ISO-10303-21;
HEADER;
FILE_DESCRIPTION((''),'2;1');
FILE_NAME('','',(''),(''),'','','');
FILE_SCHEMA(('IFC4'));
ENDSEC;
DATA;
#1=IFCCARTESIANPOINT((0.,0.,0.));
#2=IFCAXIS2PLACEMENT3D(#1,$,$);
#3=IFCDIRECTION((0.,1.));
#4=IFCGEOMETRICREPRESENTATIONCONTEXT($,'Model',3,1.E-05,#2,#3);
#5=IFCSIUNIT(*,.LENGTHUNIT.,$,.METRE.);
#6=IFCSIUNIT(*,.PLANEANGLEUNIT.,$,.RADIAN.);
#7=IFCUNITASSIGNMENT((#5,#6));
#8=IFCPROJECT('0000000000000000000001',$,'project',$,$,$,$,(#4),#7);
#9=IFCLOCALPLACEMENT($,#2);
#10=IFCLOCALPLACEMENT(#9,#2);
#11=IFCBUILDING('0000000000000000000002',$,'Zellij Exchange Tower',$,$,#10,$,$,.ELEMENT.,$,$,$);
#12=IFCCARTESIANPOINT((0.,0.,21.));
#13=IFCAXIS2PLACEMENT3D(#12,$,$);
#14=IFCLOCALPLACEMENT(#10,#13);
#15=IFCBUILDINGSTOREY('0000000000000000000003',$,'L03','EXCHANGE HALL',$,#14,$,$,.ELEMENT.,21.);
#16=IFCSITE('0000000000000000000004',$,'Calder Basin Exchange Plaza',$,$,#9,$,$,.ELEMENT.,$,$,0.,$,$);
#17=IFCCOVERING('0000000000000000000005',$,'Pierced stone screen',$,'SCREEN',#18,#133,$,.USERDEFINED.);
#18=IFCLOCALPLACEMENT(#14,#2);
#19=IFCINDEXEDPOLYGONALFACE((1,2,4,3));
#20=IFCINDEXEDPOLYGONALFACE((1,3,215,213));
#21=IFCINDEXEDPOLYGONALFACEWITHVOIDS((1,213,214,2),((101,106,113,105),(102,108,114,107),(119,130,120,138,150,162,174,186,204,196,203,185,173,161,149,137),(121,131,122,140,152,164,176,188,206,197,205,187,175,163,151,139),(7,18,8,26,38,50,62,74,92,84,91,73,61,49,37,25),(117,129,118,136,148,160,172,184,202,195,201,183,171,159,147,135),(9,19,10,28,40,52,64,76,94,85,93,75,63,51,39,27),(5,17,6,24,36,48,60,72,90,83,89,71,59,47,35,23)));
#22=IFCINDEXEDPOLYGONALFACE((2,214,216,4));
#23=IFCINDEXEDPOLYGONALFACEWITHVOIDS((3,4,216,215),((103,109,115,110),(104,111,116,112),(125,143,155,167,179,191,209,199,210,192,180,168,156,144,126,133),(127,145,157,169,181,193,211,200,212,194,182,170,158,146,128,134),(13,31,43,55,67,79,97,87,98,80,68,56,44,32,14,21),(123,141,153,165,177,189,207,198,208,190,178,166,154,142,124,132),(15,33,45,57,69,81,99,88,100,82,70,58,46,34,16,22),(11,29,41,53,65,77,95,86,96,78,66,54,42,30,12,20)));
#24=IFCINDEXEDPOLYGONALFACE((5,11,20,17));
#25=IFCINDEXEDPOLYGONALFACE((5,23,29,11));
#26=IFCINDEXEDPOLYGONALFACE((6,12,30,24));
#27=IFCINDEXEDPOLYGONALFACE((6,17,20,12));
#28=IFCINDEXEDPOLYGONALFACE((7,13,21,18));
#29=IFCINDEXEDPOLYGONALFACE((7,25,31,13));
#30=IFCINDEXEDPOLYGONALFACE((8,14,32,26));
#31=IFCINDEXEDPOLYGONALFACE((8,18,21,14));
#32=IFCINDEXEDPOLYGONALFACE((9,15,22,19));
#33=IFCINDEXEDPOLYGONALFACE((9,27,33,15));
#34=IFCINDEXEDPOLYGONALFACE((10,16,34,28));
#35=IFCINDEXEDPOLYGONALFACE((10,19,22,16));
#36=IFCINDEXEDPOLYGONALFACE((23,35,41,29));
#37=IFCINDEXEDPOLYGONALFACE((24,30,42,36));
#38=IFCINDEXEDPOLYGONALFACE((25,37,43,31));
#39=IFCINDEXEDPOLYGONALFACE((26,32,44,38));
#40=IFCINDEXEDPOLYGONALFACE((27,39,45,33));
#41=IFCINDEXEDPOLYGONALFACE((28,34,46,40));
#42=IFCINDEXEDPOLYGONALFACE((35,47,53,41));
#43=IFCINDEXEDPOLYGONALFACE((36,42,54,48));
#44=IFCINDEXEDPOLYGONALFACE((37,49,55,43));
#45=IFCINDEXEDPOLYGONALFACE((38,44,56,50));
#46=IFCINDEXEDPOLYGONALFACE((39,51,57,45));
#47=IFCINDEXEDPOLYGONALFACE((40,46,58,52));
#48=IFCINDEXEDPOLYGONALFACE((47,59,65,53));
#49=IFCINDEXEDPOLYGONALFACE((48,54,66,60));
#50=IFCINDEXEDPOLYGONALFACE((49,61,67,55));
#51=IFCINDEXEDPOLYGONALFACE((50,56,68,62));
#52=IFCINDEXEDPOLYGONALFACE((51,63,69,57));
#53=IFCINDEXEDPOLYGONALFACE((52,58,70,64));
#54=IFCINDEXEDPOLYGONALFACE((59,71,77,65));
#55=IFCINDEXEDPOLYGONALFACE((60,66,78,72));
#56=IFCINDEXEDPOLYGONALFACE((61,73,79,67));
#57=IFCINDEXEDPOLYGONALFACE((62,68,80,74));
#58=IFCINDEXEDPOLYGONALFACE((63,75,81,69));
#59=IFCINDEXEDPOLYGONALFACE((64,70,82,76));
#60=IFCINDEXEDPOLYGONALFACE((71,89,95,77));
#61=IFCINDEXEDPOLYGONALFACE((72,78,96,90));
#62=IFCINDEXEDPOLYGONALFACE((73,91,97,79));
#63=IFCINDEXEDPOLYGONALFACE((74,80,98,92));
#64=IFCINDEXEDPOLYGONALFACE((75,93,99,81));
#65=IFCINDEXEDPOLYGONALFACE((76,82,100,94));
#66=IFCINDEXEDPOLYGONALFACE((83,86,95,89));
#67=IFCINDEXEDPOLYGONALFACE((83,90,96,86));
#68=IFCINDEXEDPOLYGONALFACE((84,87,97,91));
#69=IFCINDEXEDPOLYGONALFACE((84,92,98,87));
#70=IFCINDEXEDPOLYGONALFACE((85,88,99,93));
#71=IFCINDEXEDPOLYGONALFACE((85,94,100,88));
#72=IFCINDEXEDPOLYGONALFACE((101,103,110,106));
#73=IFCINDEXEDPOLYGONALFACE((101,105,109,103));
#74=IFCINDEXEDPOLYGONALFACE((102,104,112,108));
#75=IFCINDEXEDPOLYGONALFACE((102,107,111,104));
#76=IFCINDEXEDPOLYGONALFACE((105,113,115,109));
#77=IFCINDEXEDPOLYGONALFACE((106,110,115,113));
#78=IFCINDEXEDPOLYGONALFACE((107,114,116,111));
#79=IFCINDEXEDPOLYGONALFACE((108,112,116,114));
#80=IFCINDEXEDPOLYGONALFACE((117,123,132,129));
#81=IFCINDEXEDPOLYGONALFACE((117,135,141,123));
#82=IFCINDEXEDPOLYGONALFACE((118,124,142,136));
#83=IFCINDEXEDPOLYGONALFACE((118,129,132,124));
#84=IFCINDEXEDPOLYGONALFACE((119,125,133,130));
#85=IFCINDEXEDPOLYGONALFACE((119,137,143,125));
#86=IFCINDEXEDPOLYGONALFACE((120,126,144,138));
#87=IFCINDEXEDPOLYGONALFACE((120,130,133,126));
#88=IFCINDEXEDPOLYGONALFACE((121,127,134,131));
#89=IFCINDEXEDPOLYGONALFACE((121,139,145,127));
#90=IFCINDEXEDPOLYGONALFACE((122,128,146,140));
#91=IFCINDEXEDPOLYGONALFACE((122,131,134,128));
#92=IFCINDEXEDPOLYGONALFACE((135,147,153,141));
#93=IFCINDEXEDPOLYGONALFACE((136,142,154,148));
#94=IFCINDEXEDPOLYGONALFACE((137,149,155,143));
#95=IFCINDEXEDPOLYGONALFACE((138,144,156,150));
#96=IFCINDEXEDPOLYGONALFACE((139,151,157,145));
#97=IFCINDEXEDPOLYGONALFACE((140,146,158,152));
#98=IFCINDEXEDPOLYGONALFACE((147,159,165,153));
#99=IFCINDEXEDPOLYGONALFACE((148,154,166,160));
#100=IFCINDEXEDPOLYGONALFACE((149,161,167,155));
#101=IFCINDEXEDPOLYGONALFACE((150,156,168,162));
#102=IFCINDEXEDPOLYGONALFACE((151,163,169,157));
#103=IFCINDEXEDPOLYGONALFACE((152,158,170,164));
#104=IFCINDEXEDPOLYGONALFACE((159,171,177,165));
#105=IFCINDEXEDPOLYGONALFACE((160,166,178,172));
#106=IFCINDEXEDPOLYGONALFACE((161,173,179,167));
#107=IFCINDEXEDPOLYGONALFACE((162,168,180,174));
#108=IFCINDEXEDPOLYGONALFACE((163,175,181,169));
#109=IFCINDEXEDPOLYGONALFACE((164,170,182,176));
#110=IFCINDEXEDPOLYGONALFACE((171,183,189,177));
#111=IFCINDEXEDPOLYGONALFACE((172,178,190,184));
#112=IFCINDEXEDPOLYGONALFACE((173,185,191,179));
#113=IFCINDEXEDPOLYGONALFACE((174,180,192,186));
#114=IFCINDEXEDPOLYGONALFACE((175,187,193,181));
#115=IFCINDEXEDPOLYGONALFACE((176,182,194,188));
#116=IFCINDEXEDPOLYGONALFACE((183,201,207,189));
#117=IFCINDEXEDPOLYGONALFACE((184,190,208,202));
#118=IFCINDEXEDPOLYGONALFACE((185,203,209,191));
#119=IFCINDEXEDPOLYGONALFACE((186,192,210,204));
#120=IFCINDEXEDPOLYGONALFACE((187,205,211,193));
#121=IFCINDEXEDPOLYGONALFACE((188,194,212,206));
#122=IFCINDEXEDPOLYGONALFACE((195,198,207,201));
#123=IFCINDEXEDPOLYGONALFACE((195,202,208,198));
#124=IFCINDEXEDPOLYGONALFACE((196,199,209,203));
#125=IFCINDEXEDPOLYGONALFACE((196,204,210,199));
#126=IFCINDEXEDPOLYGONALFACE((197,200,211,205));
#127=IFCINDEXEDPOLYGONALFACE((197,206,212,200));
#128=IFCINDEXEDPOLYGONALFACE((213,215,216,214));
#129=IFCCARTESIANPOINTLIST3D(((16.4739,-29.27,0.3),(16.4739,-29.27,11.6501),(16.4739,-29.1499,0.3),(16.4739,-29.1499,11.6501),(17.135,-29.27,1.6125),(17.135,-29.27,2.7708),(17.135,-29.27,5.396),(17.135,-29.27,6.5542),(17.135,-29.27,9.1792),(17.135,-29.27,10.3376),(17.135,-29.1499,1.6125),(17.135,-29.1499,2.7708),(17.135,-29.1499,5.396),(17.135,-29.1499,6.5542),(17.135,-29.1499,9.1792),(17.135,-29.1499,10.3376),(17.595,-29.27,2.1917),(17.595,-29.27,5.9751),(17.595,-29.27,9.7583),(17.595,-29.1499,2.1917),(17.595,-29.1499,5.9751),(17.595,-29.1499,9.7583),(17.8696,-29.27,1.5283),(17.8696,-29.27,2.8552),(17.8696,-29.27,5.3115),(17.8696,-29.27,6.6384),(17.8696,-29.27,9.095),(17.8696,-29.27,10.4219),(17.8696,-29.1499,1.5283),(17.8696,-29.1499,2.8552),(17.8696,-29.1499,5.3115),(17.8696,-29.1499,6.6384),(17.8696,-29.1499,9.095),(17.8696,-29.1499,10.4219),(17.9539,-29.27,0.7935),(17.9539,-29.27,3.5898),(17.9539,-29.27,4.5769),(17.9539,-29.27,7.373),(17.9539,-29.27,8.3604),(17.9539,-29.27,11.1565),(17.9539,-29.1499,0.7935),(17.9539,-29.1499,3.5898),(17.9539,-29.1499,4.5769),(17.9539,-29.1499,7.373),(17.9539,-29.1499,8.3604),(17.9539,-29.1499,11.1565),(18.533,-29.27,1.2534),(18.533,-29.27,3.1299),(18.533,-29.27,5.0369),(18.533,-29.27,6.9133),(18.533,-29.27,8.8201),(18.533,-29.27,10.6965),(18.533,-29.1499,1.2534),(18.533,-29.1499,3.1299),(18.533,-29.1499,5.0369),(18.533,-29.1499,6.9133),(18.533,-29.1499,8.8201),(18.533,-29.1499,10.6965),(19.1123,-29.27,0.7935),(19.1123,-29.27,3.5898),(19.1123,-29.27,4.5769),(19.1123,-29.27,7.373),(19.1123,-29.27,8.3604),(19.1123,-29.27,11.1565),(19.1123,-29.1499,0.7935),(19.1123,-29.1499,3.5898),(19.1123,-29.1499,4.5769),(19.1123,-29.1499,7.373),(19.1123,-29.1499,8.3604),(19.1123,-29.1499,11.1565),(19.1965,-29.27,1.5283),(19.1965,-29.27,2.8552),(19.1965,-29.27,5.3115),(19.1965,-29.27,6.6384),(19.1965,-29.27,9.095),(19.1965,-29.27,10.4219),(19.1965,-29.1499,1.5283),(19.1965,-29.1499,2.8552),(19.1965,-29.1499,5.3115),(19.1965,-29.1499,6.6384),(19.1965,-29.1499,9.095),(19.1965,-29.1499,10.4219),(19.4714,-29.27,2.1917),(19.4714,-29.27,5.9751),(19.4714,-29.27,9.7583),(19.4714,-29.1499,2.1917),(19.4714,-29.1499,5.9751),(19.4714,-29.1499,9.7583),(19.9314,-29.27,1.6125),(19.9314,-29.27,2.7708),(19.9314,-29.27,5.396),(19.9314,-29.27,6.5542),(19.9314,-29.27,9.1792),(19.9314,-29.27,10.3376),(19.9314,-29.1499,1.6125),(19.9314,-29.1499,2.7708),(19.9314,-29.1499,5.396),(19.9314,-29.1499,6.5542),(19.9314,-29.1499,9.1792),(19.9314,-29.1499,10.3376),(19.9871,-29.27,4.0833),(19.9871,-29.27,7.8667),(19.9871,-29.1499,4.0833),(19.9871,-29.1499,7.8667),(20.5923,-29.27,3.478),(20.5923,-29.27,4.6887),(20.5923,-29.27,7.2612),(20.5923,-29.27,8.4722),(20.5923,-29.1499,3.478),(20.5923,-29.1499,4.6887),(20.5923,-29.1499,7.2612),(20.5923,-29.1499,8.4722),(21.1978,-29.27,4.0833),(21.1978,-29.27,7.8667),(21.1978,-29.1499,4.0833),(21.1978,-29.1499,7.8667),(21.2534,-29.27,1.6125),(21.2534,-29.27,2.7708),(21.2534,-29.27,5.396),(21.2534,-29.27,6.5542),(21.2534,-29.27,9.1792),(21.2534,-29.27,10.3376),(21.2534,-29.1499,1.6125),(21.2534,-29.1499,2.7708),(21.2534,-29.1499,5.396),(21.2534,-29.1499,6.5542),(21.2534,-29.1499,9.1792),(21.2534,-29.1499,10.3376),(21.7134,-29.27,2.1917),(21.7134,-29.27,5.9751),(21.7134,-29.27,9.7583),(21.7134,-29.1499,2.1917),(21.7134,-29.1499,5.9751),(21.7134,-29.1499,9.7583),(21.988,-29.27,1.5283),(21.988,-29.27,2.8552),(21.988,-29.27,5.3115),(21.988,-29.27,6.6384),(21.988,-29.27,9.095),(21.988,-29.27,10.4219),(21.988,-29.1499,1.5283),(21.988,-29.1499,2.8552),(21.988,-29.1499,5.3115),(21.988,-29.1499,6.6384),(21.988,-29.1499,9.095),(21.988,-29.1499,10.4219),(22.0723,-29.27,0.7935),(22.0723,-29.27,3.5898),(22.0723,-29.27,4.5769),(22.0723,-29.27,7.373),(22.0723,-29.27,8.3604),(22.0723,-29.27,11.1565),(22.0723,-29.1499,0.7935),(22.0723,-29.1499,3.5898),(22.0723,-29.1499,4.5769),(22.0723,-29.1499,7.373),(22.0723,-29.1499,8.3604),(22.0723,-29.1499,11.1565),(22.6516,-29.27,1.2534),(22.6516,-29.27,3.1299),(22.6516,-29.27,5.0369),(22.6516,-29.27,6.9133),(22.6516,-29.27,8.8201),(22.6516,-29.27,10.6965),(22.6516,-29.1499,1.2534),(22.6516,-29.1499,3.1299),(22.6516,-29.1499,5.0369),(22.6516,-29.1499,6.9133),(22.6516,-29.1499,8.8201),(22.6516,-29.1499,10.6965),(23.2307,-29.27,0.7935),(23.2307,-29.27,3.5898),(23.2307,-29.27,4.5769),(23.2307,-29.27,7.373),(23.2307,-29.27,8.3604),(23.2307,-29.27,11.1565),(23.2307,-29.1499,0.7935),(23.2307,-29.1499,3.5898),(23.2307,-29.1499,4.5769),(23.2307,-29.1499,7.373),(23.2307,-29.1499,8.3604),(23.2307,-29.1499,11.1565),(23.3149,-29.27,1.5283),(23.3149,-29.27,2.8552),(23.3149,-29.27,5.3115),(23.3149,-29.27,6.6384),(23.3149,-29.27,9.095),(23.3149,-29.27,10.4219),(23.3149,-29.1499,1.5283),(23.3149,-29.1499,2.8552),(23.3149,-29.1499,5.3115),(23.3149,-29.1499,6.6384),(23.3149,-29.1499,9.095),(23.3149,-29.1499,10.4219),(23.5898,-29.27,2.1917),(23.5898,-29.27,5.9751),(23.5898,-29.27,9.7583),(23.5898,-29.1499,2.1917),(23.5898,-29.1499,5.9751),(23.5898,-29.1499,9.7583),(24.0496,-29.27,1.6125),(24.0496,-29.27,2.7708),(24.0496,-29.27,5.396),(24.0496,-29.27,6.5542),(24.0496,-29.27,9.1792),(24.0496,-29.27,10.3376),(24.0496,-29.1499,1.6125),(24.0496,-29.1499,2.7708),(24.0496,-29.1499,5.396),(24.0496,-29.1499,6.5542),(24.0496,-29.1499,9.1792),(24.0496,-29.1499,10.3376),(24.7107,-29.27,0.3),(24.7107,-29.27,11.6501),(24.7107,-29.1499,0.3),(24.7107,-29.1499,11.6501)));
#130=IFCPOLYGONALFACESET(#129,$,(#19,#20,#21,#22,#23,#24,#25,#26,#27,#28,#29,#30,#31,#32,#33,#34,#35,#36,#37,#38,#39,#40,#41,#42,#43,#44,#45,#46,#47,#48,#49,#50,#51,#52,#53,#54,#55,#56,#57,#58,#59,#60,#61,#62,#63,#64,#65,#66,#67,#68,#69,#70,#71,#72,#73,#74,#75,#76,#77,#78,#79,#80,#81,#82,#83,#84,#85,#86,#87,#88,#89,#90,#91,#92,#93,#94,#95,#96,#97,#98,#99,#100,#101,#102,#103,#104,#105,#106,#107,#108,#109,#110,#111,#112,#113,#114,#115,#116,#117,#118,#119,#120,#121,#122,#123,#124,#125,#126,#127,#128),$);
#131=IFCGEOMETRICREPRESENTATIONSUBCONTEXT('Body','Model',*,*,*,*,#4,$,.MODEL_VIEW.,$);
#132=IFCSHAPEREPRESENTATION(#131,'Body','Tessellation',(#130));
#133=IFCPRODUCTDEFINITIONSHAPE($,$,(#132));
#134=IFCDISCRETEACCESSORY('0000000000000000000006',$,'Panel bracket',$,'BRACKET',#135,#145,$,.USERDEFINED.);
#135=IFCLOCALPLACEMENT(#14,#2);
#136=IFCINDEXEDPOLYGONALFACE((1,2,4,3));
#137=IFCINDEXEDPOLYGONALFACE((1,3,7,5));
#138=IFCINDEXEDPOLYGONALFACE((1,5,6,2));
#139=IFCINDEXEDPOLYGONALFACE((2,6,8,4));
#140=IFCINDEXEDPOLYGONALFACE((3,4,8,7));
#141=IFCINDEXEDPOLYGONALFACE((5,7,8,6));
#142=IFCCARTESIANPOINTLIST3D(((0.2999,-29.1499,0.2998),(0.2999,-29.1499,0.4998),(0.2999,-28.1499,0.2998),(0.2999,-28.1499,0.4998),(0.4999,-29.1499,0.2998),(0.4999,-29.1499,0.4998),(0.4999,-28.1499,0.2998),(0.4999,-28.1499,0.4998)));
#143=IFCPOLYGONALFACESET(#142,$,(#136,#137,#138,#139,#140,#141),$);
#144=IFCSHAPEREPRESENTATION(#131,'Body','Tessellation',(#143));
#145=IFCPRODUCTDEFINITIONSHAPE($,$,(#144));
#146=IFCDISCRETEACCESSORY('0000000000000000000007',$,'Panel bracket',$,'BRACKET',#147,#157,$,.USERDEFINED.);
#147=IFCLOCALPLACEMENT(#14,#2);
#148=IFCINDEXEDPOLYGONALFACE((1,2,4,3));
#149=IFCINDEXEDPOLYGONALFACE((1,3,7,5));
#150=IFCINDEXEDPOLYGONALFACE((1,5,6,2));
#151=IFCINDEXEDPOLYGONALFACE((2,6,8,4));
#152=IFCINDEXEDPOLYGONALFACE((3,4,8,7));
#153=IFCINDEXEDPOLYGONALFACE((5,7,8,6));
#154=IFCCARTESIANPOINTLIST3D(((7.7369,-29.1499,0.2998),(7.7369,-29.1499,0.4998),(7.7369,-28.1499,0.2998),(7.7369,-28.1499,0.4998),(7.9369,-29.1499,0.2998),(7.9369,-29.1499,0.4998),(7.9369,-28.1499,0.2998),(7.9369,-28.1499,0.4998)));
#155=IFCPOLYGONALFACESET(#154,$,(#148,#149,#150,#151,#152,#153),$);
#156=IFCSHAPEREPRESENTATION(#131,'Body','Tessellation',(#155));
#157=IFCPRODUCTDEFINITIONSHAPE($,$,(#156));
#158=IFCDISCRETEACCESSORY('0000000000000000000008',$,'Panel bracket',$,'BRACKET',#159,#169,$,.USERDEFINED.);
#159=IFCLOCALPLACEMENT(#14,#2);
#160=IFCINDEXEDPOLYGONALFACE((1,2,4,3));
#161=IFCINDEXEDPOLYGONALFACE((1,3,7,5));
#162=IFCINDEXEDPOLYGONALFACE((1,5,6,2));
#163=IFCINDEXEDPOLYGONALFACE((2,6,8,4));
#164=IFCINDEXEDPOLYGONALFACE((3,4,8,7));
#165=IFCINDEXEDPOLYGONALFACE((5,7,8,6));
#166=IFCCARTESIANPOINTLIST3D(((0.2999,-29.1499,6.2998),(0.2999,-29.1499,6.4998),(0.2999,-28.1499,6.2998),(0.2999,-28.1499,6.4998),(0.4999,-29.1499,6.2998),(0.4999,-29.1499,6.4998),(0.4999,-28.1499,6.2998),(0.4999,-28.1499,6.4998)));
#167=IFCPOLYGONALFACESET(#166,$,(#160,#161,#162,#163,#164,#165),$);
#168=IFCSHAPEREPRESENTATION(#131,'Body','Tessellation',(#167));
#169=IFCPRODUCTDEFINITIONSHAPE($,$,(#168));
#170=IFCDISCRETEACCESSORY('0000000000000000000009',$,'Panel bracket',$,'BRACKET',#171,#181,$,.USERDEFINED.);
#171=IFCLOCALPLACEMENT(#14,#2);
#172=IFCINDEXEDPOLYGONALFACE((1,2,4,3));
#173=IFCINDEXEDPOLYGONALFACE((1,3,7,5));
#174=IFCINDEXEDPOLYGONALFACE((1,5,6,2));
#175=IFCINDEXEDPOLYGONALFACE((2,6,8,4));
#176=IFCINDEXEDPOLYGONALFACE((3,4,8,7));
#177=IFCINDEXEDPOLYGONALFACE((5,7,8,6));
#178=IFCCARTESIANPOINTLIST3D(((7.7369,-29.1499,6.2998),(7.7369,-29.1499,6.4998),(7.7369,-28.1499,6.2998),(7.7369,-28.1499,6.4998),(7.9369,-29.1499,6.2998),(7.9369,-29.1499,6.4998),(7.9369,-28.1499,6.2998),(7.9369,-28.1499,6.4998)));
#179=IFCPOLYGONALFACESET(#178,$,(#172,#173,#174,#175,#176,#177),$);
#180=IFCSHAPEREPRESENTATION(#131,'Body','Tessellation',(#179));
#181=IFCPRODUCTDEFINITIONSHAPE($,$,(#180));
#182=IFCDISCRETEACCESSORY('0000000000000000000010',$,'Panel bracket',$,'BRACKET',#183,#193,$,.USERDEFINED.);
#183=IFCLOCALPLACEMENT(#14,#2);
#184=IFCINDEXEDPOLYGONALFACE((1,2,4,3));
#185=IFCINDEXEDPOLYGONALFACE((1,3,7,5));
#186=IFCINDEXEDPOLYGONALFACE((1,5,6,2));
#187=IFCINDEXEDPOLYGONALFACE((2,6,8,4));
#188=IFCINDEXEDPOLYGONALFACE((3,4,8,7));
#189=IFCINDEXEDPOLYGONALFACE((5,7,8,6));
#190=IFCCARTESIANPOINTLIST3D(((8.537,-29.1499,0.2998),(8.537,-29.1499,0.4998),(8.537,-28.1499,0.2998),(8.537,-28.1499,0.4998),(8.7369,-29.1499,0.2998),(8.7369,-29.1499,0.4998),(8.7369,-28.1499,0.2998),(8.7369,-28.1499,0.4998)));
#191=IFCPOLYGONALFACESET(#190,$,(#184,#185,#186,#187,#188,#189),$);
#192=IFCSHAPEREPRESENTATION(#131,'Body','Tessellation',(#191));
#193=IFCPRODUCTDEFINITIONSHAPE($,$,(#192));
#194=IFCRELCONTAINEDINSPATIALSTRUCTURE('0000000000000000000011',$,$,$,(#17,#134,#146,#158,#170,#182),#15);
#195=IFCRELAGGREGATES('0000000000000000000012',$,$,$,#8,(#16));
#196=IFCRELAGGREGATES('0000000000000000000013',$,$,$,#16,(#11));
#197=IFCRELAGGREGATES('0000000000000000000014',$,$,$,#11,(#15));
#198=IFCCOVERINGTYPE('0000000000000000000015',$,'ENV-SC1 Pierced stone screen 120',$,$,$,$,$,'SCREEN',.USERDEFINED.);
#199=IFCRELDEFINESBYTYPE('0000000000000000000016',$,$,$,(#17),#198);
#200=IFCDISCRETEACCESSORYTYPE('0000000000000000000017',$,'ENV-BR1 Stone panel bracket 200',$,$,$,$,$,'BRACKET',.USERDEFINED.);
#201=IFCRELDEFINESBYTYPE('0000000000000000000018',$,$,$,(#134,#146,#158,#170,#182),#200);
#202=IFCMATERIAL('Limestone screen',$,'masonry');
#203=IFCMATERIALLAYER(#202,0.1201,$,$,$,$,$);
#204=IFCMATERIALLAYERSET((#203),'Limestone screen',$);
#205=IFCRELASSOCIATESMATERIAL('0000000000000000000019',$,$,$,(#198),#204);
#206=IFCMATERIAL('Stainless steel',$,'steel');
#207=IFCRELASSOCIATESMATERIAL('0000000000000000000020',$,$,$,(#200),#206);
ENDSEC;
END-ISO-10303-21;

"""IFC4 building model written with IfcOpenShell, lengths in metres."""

from ifc_helpers import new_model, si_unit, direction, frame, origin, origin_2d, place, context, subcontext, project, spatial, polyline, rectangle, outline, extrude, material, layer, layer_set, type_object, element, save


model = new_model("IFC4")

# Units and contexts
model_context = context("Model", 3, precision=1e-05, world=origin(), true_north=direction((0.0, 1.0)))
body_context = subcontext(model_context, "Body", "Model", "MODEL_VIEW")
ifc_project = project(units=[si_unit("LENGTHUNIT", "METRE"), si_unit("PLANEANGLEUNIT", "RADIAN")], contexts=[model_context])

# Site, building, storey
site_placement = place(None, origin())
site = spatial("IfcSite", under=ifc_project, at=site_placement, Name="Calder Basin Exchange Plaza", CompositionType="ELEMENT", RefElevation=0.0)
building_placement = place(site_placement, origin())
building = spatial("IfcBuilding", under=site, at=building_placement, Name="Zellij Exchange Tower", CompositionType="ELEMENT")
storey_placement = place(building_placement, frame((0.0, 0.0, 21.0)))
storey = spatial("IfcBuildingStorey", under=building, at=storey_placement, Name="L03", Description="EXCHANGE HALL", CompositionType="ELEMENT", Elevation=21.0)

# Covering
ifc_material_1 = material(Name="Limestone screen", Category="masonry")
ifc_layer_1 = layer(ifc_material_1, 0.1201)
ifc_layer_set_1 = layer_set([ifc_layer_1], Name="Limestone screen")
covering_type = type_object("IfcCoveringType", Name="ENV-SC1 Pierced stone screen 120", ElementType="SCREEN", PredefinedType="USERDEFINED", material=ifc_layer_set_1)
covering_1_placement = place(storey_placement, frame((16.4739, -29.21, 0.3), z_axis=(0.0, 0.0, 1.0), x_axis=(1.0, 0.0, 0.0)))
element("IfcCovering", 1, at=covering_1_placement, inside=storey, type_object=covering_type, Name="Pierced stone screen", ObjectType="SCREEN", PredefinedType="USERDEFINED", context=body_context, shape_type="SweptSolid", body=[
    extrude(outline(polyline([(0.0, 0.0), (8.2368, 0.0), (8.2368, 11.3501), (0.0, 11.3501), (0.0, 0.0)]), holes=[polyline([(3.4575, 2.4707), (2.7227, 2.5552), (2.6384, 3.2898), (2.0591, 2.8298), (1.48, 3.2898), (1.3958, 2.5552), (0.6611, 2.4707), (1.1211, 1.8916), (0.6611, 1.3125), (1.3958, 1.2283), (1.48, 0.4934), (2.0591, 0.9534), (2.6384, 0.4934), (2.7227, 1.2283), (3.4575, 1.3125), (2.9976, 1.8916), (3.4575, 2.4707)]), polyline([(3.4575, 6.2542), (2.7227, 6.3384), (2.6384, 7.073), (2.0591, 6.6133), (1.48, 7.073), (1.3958, 6.3384), (0.6611, 6.2542), (1.1211, 5.675), (0.6611, 5.0959), (1.3958, 5.0115), (1.48, 4.2769), (2.0591, 4.7368), (2.6384, 4.2769), (2.7227, 5.0115), (3.4575, 5.0959), (2.9976, 5.675), (3.4575, 6.2542)]), polyline([(3.4575, 10.0376), (2.7227, 10.1218), (2.6384, 10.8564), (2.0591, 10.3965), (1.48, 10.8564), (1.3958, 10.1218), (0.6611, 10.0376), (1.1211, 9.4583), (0.6611, 8.8792), (1.3958, 8.7949), (1.48, 8.0603), (2.0591, 8.52), (2.6384, 8.0603), (2.7227, 8.7949), (3.4575, 8.8792), (2.9976, 9.4583), (3.4575, 10.0376)]), polyline([(7.5757, 2.4707), (6.8411, 2.5552), (6.7568, 3.2898), (6.1777, 2.8298), (5.5984, 3.2898), (5.5142, 2.5552), (4.7795, 2.4707), (5.2395, 1.8916), (4.7795, 1.3125), (5.5142, 1.2283), (5.5984, 0.4934), (6.1777, 0.9534), (6.7568, 0.4934), (6.8411, 1.2283), (7.5757, 1.3125), (7.116, 1.8916), (7.5757, 2.4707)]), polyline([(7.5757, 6.2542), (6.8411, 6.3384), (6.7568, 7.073), (6.1777, 6.6133), (5.5984, 7.073), (5.5142, 6.3384), (4.7795, 6.2542), (5.2395, 5.675), (4.7795, 5.0959), (5.5142, 5.0115), (5.5984, 4.2769), (6.1777, 4.7368), (6.7568, 4.2769), (6.8411, 5.0115), (7.5757, 5.0959), (7.116, 5.675), (7.5757, 6.2542)]), polyline([(7.5757, 10.0376), (6.8411, 10.1218), (6.7568, 10.8564), (6.1777, 10.3965), (5.5984, 10.8564), (5.5142, 10.1218), (4.7795, 10.0376), (5.2395, 9.4583), (4.7795, 8.8792), (5.5142, 8.7949), (5.5984, 8.0603), (6.1777, 8.52), (6.7568, 8.0603), (6.8411, 8.7949), (7.5757, 8.8792), (7.116, 9.4583), (7.5757, 10.0376)]), polyline([(4.7239, 3.7832), (4.1184, 4.3887), (3.5132, 3.7832), (4.1184, 3.178), (4.7239, 3.7832)]), polyline([(4.7239, 7.5667), (4.1184, 8.1721), (3.5132, 7.5667), (4.1184, 6.9612), (4.7239, 7.5667)])]), frame((0.0, 0.0601, 0.0), z_axis=(0.0, -1.0, 0.0), x_axis=(1.0, 0.0, 0.0)), (0.0, 0.0, 1.0), 0.1201),
])

# Discrete accessories
ifc_material_2 = material(Name="Stainless steel", Category="steel")
discrete_accessory_type = type_object("IfcDiscreteAccessoryType", Name="ENV-BR1 Stone panel bracket 200", ElementType="BRACKET", PredefinedType="USERDEFINED", material=ifc_material_2)
for number, where, z_axis, x_axis, name in (
    (2, (0.3999, -28.6499, 0.2998), (0.0, 0.0, 1.0), (1.0, 0.0, 0.0), "Panel bracket"),
    (3, (7.8369, -28.6499, 0.2998), (0.0, 0.0, 1.0), (1.0, 0.0, 0.0), "Panel bracket"),
    (4, (0.3999, -28.6499, 6.2998), (0.0, 0.0, 1.0), (1.0, 0.0, 0.0), "Panel bracket"),
    (5, (7.8369, -28.6499, 6.2998), (0.0, 0.0, 1.0), (1.0, 0.0, 0.0), "Panel bracket"),
    (6, (8.637, -28.6499, 0.2998), (0.0, 0.0, 1.0), (1.0, 0.0, 0.0), "Panel bracket"),
):
    element("IfcDiscreteAccessory", number, at=place(storey_placement, frame(where, z_axis=z_axis, x_axis=x_axis)), inside=storey, type_object=discrete_accessory_type, Name=name, ObjectType="BRACKET", PredefinedType="USERDEFINED", context=body_context, shape_type="SweptSolid", body=[
        extrude(rectangle(XDim=0.2, YDim=1.0, at=origin_2d()), origin(), (0.0, 0.0, 1.0), 0.2),
    ])

save(model, "model.ifc")
